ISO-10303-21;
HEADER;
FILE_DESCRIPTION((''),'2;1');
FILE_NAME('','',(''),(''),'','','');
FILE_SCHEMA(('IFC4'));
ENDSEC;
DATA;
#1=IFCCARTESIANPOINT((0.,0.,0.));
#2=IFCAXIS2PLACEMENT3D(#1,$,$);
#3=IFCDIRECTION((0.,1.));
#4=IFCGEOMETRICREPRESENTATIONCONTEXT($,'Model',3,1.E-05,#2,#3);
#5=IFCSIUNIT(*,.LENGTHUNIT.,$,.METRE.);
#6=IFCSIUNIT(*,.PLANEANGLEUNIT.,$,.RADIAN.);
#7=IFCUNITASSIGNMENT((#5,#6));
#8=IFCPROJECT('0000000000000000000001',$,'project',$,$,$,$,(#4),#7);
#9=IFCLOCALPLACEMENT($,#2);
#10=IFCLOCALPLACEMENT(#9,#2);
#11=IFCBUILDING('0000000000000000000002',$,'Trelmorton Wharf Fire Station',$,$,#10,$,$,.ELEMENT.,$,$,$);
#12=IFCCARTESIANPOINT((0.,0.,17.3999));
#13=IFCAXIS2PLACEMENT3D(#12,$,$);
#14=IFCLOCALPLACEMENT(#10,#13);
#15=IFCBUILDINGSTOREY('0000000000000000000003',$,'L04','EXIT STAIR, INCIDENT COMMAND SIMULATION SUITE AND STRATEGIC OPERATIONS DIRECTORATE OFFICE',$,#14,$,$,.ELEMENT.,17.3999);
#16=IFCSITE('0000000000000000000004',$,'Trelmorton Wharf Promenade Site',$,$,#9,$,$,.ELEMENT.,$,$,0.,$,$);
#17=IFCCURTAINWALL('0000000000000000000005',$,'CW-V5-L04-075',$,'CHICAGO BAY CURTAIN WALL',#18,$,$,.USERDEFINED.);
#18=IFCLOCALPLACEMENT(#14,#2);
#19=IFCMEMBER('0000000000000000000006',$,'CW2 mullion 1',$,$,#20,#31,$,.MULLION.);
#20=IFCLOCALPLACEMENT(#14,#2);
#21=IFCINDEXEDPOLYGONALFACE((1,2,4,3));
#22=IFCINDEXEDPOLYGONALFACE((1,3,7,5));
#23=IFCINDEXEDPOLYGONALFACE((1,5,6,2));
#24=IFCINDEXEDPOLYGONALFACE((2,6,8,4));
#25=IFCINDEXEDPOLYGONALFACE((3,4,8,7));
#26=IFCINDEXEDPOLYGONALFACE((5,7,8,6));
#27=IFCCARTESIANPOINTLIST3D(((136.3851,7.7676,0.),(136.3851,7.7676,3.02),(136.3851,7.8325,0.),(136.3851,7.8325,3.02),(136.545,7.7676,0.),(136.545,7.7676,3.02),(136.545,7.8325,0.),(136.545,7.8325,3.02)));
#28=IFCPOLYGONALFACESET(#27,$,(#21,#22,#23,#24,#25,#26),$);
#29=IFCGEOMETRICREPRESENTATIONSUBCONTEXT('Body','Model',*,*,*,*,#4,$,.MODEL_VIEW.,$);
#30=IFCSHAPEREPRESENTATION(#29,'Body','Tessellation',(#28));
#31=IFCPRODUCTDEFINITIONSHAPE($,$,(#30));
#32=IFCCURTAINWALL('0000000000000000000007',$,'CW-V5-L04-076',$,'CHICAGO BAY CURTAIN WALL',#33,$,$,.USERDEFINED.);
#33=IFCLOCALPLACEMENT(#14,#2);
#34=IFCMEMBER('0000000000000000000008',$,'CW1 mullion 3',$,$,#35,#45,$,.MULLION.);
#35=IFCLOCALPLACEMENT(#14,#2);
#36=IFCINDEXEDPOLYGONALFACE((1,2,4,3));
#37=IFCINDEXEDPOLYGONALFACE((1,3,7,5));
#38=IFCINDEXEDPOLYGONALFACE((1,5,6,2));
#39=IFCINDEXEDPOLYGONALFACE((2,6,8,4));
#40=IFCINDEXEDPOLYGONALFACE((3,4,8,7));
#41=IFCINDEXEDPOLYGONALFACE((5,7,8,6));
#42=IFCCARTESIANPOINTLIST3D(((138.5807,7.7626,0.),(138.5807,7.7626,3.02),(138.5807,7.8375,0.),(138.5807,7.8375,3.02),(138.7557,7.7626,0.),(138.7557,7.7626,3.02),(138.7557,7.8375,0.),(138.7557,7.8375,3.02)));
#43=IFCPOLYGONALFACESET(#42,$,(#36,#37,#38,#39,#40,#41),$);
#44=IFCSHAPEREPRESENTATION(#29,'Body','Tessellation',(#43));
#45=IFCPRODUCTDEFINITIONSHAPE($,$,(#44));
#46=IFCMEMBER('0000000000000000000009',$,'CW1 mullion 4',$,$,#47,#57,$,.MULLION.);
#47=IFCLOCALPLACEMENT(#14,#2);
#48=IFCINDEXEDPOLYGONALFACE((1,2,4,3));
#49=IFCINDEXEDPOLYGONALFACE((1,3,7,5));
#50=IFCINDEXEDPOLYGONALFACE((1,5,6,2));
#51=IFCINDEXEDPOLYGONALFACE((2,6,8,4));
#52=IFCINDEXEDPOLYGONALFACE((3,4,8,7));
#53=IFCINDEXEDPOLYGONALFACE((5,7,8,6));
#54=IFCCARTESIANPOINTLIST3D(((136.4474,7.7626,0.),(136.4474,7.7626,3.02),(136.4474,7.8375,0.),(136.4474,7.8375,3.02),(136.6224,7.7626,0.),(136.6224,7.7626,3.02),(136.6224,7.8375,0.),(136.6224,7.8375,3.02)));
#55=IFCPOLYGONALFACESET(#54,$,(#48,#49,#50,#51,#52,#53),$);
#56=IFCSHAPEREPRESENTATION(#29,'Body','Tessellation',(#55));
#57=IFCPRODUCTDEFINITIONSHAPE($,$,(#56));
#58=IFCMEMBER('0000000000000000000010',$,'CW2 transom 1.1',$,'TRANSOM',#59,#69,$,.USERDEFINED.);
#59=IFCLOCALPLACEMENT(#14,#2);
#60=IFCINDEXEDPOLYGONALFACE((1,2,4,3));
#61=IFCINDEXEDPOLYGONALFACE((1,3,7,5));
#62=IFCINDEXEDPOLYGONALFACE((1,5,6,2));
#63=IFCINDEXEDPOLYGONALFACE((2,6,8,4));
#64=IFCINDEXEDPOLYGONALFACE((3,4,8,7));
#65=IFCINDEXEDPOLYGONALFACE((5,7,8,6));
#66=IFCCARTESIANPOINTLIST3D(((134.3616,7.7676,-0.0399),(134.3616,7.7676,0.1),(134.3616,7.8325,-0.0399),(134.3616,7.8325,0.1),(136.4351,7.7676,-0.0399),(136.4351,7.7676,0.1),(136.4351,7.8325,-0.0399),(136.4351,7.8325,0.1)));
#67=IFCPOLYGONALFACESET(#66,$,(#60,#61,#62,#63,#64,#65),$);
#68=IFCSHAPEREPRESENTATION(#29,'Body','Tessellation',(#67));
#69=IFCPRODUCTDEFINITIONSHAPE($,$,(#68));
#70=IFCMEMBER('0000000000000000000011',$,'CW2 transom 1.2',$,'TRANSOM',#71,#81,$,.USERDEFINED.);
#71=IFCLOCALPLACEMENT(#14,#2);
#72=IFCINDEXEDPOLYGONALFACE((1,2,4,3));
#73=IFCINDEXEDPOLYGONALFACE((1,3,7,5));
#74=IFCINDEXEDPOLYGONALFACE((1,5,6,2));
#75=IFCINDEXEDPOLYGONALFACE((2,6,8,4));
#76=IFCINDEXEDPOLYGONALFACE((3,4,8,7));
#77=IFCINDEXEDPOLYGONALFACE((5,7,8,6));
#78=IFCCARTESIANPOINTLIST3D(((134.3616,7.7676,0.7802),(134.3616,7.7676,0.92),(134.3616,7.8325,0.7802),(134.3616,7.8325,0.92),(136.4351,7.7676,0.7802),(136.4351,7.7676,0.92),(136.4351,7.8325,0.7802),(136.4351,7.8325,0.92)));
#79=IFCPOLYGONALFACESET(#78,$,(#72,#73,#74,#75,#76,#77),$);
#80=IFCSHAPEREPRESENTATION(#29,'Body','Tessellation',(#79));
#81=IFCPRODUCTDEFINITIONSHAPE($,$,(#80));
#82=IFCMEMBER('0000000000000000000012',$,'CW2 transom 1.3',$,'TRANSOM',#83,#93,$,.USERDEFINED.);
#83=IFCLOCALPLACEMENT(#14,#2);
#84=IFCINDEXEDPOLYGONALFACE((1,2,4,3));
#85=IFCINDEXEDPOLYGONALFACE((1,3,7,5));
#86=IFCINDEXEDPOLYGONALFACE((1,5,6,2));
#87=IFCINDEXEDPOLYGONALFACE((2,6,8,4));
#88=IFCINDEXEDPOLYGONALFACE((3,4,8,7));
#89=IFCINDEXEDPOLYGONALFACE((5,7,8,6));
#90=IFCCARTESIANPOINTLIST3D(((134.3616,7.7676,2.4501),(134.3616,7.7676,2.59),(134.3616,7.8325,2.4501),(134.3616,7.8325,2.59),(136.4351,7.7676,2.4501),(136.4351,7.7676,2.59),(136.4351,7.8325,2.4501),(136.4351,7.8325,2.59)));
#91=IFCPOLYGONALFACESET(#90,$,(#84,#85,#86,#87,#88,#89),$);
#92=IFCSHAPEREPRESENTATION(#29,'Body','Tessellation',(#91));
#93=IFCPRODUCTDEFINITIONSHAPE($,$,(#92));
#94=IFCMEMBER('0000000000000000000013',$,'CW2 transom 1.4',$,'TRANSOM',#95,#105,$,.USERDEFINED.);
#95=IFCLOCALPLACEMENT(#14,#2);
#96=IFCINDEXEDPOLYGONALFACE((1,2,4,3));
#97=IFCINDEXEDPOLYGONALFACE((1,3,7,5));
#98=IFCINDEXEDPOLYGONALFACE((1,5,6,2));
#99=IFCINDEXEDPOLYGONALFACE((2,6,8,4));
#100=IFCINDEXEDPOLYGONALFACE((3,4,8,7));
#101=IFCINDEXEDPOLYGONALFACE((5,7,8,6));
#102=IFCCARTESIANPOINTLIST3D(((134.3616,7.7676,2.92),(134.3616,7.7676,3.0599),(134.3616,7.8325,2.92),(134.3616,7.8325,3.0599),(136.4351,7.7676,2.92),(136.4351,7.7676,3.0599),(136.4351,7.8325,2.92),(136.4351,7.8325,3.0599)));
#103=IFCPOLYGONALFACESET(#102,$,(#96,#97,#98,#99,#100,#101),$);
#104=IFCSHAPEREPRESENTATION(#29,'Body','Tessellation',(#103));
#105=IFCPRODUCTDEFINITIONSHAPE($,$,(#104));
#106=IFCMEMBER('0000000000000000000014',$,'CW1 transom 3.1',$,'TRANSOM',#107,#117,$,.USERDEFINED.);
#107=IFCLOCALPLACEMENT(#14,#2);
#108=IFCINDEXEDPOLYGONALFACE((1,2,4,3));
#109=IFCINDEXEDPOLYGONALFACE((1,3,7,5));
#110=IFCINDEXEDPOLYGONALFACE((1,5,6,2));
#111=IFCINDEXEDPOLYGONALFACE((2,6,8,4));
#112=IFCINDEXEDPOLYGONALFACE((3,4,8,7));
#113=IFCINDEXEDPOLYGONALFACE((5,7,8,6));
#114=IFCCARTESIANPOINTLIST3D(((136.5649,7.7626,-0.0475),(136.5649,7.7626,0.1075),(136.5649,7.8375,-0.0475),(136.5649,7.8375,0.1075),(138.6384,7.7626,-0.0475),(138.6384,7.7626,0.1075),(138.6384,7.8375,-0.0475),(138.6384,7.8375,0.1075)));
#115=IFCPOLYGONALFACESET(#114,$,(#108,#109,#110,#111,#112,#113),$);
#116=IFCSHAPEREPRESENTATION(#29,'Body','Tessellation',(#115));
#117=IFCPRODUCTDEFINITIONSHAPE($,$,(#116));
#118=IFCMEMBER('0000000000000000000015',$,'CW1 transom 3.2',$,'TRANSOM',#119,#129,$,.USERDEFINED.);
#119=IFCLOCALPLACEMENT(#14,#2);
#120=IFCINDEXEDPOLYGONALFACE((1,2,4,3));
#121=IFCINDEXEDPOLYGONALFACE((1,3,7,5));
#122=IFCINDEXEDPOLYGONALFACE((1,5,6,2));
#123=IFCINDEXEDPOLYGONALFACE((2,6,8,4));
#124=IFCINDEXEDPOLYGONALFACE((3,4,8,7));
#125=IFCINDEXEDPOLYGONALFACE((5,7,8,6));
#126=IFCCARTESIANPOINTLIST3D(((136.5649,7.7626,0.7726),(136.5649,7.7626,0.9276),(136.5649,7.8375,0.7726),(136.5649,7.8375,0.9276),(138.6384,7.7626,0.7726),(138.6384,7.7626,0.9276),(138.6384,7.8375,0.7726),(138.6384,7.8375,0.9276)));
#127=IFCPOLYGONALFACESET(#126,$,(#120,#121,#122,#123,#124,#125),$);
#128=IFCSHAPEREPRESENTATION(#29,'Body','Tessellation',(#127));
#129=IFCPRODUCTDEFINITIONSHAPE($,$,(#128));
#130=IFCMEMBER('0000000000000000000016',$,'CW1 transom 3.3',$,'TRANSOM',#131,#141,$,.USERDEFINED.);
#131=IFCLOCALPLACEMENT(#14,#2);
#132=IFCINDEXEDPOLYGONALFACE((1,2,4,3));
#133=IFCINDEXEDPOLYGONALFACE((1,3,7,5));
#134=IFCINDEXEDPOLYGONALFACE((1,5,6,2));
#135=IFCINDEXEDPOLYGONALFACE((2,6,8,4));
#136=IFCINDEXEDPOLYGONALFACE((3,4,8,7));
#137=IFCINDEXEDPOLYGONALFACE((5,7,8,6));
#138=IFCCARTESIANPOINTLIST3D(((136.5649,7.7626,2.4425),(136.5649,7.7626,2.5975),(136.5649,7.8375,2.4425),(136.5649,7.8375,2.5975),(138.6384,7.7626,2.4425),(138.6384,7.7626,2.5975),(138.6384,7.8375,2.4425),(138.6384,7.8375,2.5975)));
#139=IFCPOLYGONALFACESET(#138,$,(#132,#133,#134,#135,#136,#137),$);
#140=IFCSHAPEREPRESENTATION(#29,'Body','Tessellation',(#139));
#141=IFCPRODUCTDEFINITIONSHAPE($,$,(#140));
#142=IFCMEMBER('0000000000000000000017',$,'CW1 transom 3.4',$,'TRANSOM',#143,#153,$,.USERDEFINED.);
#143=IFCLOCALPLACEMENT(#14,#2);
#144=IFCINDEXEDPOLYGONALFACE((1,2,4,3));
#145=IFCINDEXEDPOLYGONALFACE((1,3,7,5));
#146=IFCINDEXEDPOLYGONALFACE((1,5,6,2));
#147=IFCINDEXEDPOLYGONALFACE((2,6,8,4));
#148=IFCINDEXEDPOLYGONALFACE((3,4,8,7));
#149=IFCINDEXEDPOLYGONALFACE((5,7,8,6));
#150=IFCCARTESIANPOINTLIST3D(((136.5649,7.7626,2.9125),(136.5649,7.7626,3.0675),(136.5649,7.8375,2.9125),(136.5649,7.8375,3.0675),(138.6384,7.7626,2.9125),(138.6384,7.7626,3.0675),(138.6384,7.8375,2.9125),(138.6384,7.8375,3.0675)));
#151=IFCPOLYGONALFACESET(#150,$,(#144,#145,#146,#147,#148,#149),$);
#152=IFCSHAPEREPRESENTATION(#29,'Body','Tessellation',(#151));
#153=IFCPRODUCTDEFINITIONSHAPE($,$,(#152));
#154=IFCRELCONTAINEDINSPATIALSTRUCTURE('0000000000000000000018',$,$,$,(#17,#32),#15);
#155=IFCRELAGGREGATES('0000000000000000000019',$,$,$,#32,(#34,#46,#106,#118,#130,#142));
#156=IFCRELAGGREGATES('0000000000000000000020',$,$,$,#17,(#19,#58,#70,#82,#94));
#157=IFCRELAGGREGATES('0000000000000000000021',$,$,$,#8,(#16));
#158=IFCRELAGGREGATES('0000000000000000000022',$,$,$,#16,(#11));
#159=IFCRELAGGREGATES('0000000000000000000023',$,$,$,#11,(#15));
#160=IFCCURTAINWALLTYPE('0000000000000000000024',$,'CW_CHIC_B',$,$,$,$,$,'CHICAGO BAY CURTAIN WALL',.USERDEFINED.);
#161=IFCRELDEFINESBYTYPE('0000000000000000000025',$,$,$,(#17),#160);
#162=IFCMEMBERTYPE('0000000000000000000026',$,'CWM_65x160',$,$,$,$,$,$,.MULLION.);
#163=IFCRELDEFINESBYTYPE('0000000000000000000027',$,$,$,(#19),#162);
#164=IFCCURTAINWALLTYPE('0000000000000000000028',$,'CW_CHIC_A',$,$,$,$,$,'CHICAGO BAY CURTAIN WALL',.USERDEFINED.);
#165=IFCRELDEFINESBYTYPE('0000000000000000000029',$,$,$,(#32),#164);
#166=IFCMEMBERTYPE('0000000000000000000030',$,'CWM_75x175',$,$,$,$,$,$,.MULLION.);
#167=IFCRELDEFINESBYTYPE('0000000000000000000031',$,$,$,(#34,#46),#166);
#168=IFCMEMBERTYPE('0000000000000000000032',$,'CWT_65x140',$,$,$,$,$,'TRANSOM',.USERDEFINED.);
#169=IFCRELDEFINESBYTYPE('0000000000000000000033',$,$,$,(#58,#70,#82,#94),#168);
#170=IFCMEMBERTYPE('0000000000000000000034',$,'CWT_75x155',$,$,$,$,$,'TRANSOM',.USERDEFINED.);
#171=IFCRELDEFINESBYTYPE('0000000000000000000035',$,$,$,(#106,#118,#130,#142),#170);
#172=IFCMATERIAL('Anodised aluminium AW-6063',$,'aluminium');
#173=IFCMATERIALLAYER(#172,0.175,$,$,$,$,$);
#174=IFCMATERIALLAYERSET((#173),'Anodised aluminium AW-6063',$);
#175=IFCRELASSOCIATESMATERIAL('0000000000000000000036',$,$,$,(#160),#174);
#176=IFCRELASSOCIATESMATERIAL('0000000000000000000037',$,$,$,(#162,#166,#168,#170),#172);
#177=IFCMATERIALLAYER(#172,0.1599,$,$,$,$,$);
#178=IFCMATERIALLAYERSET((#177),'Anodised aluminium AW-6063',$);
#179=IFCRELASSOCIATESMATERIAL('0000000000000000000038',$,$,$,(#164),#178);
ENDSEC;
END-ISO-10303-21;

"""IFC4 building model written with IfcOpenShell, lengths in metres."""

from ifc_helpers import new_model, si_unit, direction, frame, origin, origin_2d, place, context, subcontext, project, spatial, rectangle, extrude, material, layer, layer_set, material_profile, profile_set, type_object, element, aggregate, save


model = new_model("IFC4")

# Units and contexts
model_context = context("Model", 3, precision=1e-05, world=origin(), true_north=direction((0.0, 1.0)))
body_context = subcontext(model_context, "Body", "Model", "MODEL_VIEW")
ifc_project = project(units=[si_unit("LENGTHUNIT", "METRE"), si_unit("PLANEANGLEUNIT", "RADIAN")], contexts=[model_context])

# Site, building, storey
site_placement = place(None, origin())
site = spatial("IfcSite", under=ifc_project, at=site_placement, Name="Trelmorton Wharf Promenade Site", CompositionType="ELEMENT", RefElevation=0.0)
building_placement = place(site_placement, origin())
building = spatial("IfcBuilding", under=site, at=building_placement, Name="Trelmorton Wharf Fire Station", CompositionType="ELEMENT")
storey_placement = place(building_placement, frame((0.0, 0.0, 17.3999)))
storey = spatial("IfcBuildingStorey", under=building, at=storey_placement, Name="L04", Description="EXIT STAIR, INCIDENT COMMAND SIMULATION SUITE AND STRATEGIC OPERATIONS DIRECTORATE OFFICE", CompositionType="ELEMENT", Elevation=17.3999)

# Curtain wall, member
ifc_material_1 = material(Name="Anodised aluminium AW-6063", Category="aluminium")
ifc_layer_1 = layer(ifc_material_1, 0.175)
ifc_layer_set_1 = layer_set([ifc_layer_1], Name="Anodised aluminium AW-6063")
curtain_wall_type_1 = type_object("IfcCurtainWallType", Name="CW_CHIC_B", ElementType="CHICAGO BAY CURTAIN WALL", PredefinedType="USERDEFINED", material=ifc_layer_set_1)
curtain_wall_1_placement = place(storey_placement, origin())
curtain_wall_1 = element("IfcCurtainWall", 1, at=curtain_wall_1_placement, inside=storey, type_object=curtain_wall_type_1, Name="CW-V5-L04-075", ObjectType="CHICAGO BAY CURTAIN WALL", PredefinedType="USERDEFINED")
ifc_material_profile_1 = material_profile(ifc_material_1, rectangle(XDim=0.0649, YDim=0.1599, at=origin_2d()), Name="ALU-65x160")
ifc_profile_set_1 = profile_set([ifc_material_profile_1], Name="Anodised aluminium AW-6063")
member_type_1 = type_object("IfcMemberType", Name="CWM_65x160", PredefinedType="MULLION", material=ifc_profile_set_1)
member_1_placement = place(storey_placement, frame((136.4651, 7.8, 0.0), z_axis=(0.0, 0.0, 1.0), x_axis=(0.0, -1.0, 0.0)))
member_1 = element("IfcMember", 2, at=member_1_placement, type_object=member_type_1, Name="CW2 mullion 1", PredefinedType="MULLION", context=body_context, shape_type="SweptSolid", body=[
    extrude(rectangle(XDim=0.0649, YDim=0.1599, at=origin_2d()), origin(), (0.0, 0.0, 1.0), 3.02),
])

# Curtain wall, members
ifc_layer_2 = layer(ifc_material_1, 0.1599)
ifc_layer_set_2 = layer_set([ifc_layer_2], Name="Anodised aluminium AW-6063")
curtain_wall_type_2 = type_object("IfcCurtainWallType", Name="CW_CHIC_A", ElementType="CHICAGO BAY CURTAIN WALL", PredefinedType="USERDEFINED", material=ifc_layer_set_2)
curtain_wall_2_placement = place(storey_placement, origin())
curtain_wall_2 = element("IfcCurtainWall", 3, at=curtain_wall_2_placement, inside=storey, type_object=curtain_wall_type_2, Name="CW-V5-L04-076", ObjectType="CHICAGO BAY CURTAIN WALL", PredefinedType="USERDEFINED")
ifc_material_profile_2 = material_profile(ifc_material_1, rectangle(XDim=0.075, YDim=0.175, at=origin_2d()), Name="ALU-75x175")
ifc_profile_set_2 = profile_set([ifc_material_profile_2], Name="Anodised aluminium AW-6063")
member_type_2 = type_object("IfcMemberType", Name="CWM_75x175", PredefinedType="MULLION", material=ifc_profile_set_2)
member_2_placement = place(storey_placement, frame((138.6682, 7.8, 0.0), z_axis=(0.0, 0.0, 1.0), x_axis=(0.0, -1.0, 0.0)))
member_2 = element("IfcMember", 4, at=member_2_placement, type_object=member_type_2, Name="CW1 mullion 3", PredefinedType="MULLION", context=body_context, shape_type="SweptSolid", body=[
    extrude(rectangle(XDim=0.075, YDim=0.175, at=origin_2d()), origin(), (0.0, 0.0, 1.0), 3.02),
])
member_3_placement = place(storey_placement, frame((136.5349, 7.8, 0.0), z_axis=(0.0, 0.0, 1.0), x_axis=(0.0, -1.0, 0.0)))
member_3 = element("IfcMember", 5, at=member_3_placement, type_object=member_type_2, Name="CW1 mullion 4", PredefinedType="MULLION", context=body_context, shape_type="SweptSolid", body=[
    extrude(rectangle(XDim=0.075, YDim=0.175, at=origin_2d()), origin(), (0.0, 0.0, 1.0), 3.02),
])

# Members
ifc_material_profile_3 = material_profile(ifc_material_1, rectangle(XDim=0.0649, YDim=0.1399, at=origin_2d()), Name="ALU-65x140")
ifc_profile_set_3 = profile_set([ifc_material_profile_3], Name="Anodised aluminium AW-6063")
member_type_3 = type_object("IfcMemberType", Name="CWT_65x140", ElementType="TRANSOM", PredefinedType="USERDEFINED", material=ifc_profile_set_3)
member_4_placement = place(storey_placement, frame((136.4351, 7.8, 0.03), z_axis=(-1.0, 0.0, 0.0), x_axis=(0.0, -1.0, 0.0)))
member_4 = element("IfcMember", 6, at=member_4_placement, type_object=member_type_3, Name="CW2 transom 1.1", ObjectType="TRANSOM", PredefinedType="USERDEFINED", context=body_context, shape_type="SweptSolid", body=[
    extrude(rectangle(XDim=0.0649, YDim=0.1399, at=origin_2d()), origin(), (0.0, 0.0, 1.0), 2.0735),
])
member_5_placement = place(storey_placement, frame((136.4351, 7.8, 0.8501), z_axis=(-1.0, 0.0, 0.0), x_axis=(0.0, -1.0, 0.0)))
member_5 = element("IfcMember", 7, at=member_5_placement, type_object=member_type_3, Name="CW2 transom 1.2", ObjectType="TRANSOM", PredefinedType="USERDEFINED", context=body_context, shape_type="SweptSolid", body=[
    extrude(rectangle(XDim=0.0649, YDim=0.1399, at=origin_2d()), origin(), (0.0, 0.0, 1.0), 2.0735),
])
member_6_placement = place(storey_placement, frame((136.4351, 7.8, 2.52), z_axis=(-1.0, 0.0, 0.0), x_axis=(0.0, -1.0, 0.0)))
member_6 = element("IfcMember", 8, at=member_6_placement, type_object=member_type_3, Name="CW2 transom 1.3", ObjectType="TRANSOM", PredefinedType="USERDEFINED", context=body_context, shape_type="SweptSolid", body=[
    extrude(rectangle(XDim=0.0649, YDim=0.1399, at=origin_2d()), origin(), (0.0, 0.0, 1.0), 2.0735),
])
member_7_placement = place(storey_placement, frame((136.4351, 7.8, 2.99), z_axis=(-1.0, 0.0, 0.0), x_axis=(0.0, -1.0, 0.0)))
member_7 = element("IfcMember", 9, at=member_7_placement, type_object=member_type_3, Name="CW2 transom 1.4", ObjectType="TRANSOM", PredefinedType="USERDEFINED", context=body_context, shape_type="SweptSolid", body=[
    extrude(rectangle(XDim=0.0649, YDim=0.1399, at=origin_2d()), origin(), (0.0, 0.0, 1.0), 2.0735),
])
ifc_material_profile_4 = material_profile(ifc_material_1, rectangle(XDim=0.075, YDim=0.155, at=origin_2d()), Name="ALU-75x155")
ifc_profile_set_4 = profile_set([ifc_material_profile_4], Name="Anodised aluminium AW-6063")
member_type_4 = type_object("IfcMemberType", Name="CWT_75x155", ElementType="TRANSOM", PredefinedType="USERDEFINED", material=ifc_profile_set_4)
member_8_placement = place(storey_placement, frame((138.6384, 7.8, 0.03), z_axis=(-1.0, 0.0, 0.0), x_axis=(0.0, -1.0, 0.0)))
member_8 = element("IfcMember", 10, at=member_8_placement, type_object=member_type_4, Name="CW1 transom 3.1", ObjectType="TRANSOM", PredefinedType="USERDEFINED", context=body_context, shape_type="SweptSolid", body=[
    extrude(rectangle(XDim=0.075, YDim=0.155, at=origin_2d()), origin(), (0.0, 0.0, 1.0), 2.0735),
])
member_9_placement = place(storey_placement, frame((138.6384, 7.8, 0.8501), z_axis=(-1.0, 0.0, 0.0), x_axis=(0.0, -1.0, 0.0)))
member_9 = element("IfcMember", 11, at=member_9_placement, type_object=member_type_4, Name="CW1 transom 3.2", ObjectType="TRANSOM", PredefinedType="USERDEFINED", context=body_context, shape_type="SweptSolid", body=[
    extrude(rectangle(XDim=0.075, YDim=0.155, at=origin_2d()), origin(), (0.0, 0.0, 1.0), 2.0735),
])
member_10_placement = place(storey_placement, frame((138.6384, 7.8, 2.52), z_axis=(-1.0, 0.0, 0.0), x_axis=(0.0, -1.0, 0.0)))
member_10 = element("IfcMember", 12, at=member_10_placement, type_object=member_type_4, Name="CW1 transom 3.3", ObjectType="TRANSOM", PredefinedType="USERDEFINED", context=body_context, shape_type="SweptSolid", body=[
    extrude(rectangle(XDim=0.075, YDim=0.155, at=origin_2d()), origin(), (0.0, 0.0, 1.0), 2.0735),
])
member_11_placement = place(storey_placement, frame((138.6384, 7.8, 2.99), z_axis=(-1.0, 0.0, 0.0), x_axis=(0.0, -1.0, 0.0)))
member_11 = element("IfcMember", 13, at=member_11_placement, type_object=member_type_4, Name="CW1 transom 3.4", ObjectType="TRANSOM", PredefinedType="USERDEFINED", context=body_context, shape_type="SweptSolid", body=[
    extrude(rectangle(XDim=0.075, YDim=0.155, at=origin_2d()), origin(), (0.0, 0.0, 1.0), 2.0735),
])

aggregate(curtain_wall_2, [member_2, member_3, member_8, member_9, member_10, member_11])
aggregate(curtain_wall_1, [member_1, member_4, member_5, member_6, member_7])

save(model, "model.ifc")
